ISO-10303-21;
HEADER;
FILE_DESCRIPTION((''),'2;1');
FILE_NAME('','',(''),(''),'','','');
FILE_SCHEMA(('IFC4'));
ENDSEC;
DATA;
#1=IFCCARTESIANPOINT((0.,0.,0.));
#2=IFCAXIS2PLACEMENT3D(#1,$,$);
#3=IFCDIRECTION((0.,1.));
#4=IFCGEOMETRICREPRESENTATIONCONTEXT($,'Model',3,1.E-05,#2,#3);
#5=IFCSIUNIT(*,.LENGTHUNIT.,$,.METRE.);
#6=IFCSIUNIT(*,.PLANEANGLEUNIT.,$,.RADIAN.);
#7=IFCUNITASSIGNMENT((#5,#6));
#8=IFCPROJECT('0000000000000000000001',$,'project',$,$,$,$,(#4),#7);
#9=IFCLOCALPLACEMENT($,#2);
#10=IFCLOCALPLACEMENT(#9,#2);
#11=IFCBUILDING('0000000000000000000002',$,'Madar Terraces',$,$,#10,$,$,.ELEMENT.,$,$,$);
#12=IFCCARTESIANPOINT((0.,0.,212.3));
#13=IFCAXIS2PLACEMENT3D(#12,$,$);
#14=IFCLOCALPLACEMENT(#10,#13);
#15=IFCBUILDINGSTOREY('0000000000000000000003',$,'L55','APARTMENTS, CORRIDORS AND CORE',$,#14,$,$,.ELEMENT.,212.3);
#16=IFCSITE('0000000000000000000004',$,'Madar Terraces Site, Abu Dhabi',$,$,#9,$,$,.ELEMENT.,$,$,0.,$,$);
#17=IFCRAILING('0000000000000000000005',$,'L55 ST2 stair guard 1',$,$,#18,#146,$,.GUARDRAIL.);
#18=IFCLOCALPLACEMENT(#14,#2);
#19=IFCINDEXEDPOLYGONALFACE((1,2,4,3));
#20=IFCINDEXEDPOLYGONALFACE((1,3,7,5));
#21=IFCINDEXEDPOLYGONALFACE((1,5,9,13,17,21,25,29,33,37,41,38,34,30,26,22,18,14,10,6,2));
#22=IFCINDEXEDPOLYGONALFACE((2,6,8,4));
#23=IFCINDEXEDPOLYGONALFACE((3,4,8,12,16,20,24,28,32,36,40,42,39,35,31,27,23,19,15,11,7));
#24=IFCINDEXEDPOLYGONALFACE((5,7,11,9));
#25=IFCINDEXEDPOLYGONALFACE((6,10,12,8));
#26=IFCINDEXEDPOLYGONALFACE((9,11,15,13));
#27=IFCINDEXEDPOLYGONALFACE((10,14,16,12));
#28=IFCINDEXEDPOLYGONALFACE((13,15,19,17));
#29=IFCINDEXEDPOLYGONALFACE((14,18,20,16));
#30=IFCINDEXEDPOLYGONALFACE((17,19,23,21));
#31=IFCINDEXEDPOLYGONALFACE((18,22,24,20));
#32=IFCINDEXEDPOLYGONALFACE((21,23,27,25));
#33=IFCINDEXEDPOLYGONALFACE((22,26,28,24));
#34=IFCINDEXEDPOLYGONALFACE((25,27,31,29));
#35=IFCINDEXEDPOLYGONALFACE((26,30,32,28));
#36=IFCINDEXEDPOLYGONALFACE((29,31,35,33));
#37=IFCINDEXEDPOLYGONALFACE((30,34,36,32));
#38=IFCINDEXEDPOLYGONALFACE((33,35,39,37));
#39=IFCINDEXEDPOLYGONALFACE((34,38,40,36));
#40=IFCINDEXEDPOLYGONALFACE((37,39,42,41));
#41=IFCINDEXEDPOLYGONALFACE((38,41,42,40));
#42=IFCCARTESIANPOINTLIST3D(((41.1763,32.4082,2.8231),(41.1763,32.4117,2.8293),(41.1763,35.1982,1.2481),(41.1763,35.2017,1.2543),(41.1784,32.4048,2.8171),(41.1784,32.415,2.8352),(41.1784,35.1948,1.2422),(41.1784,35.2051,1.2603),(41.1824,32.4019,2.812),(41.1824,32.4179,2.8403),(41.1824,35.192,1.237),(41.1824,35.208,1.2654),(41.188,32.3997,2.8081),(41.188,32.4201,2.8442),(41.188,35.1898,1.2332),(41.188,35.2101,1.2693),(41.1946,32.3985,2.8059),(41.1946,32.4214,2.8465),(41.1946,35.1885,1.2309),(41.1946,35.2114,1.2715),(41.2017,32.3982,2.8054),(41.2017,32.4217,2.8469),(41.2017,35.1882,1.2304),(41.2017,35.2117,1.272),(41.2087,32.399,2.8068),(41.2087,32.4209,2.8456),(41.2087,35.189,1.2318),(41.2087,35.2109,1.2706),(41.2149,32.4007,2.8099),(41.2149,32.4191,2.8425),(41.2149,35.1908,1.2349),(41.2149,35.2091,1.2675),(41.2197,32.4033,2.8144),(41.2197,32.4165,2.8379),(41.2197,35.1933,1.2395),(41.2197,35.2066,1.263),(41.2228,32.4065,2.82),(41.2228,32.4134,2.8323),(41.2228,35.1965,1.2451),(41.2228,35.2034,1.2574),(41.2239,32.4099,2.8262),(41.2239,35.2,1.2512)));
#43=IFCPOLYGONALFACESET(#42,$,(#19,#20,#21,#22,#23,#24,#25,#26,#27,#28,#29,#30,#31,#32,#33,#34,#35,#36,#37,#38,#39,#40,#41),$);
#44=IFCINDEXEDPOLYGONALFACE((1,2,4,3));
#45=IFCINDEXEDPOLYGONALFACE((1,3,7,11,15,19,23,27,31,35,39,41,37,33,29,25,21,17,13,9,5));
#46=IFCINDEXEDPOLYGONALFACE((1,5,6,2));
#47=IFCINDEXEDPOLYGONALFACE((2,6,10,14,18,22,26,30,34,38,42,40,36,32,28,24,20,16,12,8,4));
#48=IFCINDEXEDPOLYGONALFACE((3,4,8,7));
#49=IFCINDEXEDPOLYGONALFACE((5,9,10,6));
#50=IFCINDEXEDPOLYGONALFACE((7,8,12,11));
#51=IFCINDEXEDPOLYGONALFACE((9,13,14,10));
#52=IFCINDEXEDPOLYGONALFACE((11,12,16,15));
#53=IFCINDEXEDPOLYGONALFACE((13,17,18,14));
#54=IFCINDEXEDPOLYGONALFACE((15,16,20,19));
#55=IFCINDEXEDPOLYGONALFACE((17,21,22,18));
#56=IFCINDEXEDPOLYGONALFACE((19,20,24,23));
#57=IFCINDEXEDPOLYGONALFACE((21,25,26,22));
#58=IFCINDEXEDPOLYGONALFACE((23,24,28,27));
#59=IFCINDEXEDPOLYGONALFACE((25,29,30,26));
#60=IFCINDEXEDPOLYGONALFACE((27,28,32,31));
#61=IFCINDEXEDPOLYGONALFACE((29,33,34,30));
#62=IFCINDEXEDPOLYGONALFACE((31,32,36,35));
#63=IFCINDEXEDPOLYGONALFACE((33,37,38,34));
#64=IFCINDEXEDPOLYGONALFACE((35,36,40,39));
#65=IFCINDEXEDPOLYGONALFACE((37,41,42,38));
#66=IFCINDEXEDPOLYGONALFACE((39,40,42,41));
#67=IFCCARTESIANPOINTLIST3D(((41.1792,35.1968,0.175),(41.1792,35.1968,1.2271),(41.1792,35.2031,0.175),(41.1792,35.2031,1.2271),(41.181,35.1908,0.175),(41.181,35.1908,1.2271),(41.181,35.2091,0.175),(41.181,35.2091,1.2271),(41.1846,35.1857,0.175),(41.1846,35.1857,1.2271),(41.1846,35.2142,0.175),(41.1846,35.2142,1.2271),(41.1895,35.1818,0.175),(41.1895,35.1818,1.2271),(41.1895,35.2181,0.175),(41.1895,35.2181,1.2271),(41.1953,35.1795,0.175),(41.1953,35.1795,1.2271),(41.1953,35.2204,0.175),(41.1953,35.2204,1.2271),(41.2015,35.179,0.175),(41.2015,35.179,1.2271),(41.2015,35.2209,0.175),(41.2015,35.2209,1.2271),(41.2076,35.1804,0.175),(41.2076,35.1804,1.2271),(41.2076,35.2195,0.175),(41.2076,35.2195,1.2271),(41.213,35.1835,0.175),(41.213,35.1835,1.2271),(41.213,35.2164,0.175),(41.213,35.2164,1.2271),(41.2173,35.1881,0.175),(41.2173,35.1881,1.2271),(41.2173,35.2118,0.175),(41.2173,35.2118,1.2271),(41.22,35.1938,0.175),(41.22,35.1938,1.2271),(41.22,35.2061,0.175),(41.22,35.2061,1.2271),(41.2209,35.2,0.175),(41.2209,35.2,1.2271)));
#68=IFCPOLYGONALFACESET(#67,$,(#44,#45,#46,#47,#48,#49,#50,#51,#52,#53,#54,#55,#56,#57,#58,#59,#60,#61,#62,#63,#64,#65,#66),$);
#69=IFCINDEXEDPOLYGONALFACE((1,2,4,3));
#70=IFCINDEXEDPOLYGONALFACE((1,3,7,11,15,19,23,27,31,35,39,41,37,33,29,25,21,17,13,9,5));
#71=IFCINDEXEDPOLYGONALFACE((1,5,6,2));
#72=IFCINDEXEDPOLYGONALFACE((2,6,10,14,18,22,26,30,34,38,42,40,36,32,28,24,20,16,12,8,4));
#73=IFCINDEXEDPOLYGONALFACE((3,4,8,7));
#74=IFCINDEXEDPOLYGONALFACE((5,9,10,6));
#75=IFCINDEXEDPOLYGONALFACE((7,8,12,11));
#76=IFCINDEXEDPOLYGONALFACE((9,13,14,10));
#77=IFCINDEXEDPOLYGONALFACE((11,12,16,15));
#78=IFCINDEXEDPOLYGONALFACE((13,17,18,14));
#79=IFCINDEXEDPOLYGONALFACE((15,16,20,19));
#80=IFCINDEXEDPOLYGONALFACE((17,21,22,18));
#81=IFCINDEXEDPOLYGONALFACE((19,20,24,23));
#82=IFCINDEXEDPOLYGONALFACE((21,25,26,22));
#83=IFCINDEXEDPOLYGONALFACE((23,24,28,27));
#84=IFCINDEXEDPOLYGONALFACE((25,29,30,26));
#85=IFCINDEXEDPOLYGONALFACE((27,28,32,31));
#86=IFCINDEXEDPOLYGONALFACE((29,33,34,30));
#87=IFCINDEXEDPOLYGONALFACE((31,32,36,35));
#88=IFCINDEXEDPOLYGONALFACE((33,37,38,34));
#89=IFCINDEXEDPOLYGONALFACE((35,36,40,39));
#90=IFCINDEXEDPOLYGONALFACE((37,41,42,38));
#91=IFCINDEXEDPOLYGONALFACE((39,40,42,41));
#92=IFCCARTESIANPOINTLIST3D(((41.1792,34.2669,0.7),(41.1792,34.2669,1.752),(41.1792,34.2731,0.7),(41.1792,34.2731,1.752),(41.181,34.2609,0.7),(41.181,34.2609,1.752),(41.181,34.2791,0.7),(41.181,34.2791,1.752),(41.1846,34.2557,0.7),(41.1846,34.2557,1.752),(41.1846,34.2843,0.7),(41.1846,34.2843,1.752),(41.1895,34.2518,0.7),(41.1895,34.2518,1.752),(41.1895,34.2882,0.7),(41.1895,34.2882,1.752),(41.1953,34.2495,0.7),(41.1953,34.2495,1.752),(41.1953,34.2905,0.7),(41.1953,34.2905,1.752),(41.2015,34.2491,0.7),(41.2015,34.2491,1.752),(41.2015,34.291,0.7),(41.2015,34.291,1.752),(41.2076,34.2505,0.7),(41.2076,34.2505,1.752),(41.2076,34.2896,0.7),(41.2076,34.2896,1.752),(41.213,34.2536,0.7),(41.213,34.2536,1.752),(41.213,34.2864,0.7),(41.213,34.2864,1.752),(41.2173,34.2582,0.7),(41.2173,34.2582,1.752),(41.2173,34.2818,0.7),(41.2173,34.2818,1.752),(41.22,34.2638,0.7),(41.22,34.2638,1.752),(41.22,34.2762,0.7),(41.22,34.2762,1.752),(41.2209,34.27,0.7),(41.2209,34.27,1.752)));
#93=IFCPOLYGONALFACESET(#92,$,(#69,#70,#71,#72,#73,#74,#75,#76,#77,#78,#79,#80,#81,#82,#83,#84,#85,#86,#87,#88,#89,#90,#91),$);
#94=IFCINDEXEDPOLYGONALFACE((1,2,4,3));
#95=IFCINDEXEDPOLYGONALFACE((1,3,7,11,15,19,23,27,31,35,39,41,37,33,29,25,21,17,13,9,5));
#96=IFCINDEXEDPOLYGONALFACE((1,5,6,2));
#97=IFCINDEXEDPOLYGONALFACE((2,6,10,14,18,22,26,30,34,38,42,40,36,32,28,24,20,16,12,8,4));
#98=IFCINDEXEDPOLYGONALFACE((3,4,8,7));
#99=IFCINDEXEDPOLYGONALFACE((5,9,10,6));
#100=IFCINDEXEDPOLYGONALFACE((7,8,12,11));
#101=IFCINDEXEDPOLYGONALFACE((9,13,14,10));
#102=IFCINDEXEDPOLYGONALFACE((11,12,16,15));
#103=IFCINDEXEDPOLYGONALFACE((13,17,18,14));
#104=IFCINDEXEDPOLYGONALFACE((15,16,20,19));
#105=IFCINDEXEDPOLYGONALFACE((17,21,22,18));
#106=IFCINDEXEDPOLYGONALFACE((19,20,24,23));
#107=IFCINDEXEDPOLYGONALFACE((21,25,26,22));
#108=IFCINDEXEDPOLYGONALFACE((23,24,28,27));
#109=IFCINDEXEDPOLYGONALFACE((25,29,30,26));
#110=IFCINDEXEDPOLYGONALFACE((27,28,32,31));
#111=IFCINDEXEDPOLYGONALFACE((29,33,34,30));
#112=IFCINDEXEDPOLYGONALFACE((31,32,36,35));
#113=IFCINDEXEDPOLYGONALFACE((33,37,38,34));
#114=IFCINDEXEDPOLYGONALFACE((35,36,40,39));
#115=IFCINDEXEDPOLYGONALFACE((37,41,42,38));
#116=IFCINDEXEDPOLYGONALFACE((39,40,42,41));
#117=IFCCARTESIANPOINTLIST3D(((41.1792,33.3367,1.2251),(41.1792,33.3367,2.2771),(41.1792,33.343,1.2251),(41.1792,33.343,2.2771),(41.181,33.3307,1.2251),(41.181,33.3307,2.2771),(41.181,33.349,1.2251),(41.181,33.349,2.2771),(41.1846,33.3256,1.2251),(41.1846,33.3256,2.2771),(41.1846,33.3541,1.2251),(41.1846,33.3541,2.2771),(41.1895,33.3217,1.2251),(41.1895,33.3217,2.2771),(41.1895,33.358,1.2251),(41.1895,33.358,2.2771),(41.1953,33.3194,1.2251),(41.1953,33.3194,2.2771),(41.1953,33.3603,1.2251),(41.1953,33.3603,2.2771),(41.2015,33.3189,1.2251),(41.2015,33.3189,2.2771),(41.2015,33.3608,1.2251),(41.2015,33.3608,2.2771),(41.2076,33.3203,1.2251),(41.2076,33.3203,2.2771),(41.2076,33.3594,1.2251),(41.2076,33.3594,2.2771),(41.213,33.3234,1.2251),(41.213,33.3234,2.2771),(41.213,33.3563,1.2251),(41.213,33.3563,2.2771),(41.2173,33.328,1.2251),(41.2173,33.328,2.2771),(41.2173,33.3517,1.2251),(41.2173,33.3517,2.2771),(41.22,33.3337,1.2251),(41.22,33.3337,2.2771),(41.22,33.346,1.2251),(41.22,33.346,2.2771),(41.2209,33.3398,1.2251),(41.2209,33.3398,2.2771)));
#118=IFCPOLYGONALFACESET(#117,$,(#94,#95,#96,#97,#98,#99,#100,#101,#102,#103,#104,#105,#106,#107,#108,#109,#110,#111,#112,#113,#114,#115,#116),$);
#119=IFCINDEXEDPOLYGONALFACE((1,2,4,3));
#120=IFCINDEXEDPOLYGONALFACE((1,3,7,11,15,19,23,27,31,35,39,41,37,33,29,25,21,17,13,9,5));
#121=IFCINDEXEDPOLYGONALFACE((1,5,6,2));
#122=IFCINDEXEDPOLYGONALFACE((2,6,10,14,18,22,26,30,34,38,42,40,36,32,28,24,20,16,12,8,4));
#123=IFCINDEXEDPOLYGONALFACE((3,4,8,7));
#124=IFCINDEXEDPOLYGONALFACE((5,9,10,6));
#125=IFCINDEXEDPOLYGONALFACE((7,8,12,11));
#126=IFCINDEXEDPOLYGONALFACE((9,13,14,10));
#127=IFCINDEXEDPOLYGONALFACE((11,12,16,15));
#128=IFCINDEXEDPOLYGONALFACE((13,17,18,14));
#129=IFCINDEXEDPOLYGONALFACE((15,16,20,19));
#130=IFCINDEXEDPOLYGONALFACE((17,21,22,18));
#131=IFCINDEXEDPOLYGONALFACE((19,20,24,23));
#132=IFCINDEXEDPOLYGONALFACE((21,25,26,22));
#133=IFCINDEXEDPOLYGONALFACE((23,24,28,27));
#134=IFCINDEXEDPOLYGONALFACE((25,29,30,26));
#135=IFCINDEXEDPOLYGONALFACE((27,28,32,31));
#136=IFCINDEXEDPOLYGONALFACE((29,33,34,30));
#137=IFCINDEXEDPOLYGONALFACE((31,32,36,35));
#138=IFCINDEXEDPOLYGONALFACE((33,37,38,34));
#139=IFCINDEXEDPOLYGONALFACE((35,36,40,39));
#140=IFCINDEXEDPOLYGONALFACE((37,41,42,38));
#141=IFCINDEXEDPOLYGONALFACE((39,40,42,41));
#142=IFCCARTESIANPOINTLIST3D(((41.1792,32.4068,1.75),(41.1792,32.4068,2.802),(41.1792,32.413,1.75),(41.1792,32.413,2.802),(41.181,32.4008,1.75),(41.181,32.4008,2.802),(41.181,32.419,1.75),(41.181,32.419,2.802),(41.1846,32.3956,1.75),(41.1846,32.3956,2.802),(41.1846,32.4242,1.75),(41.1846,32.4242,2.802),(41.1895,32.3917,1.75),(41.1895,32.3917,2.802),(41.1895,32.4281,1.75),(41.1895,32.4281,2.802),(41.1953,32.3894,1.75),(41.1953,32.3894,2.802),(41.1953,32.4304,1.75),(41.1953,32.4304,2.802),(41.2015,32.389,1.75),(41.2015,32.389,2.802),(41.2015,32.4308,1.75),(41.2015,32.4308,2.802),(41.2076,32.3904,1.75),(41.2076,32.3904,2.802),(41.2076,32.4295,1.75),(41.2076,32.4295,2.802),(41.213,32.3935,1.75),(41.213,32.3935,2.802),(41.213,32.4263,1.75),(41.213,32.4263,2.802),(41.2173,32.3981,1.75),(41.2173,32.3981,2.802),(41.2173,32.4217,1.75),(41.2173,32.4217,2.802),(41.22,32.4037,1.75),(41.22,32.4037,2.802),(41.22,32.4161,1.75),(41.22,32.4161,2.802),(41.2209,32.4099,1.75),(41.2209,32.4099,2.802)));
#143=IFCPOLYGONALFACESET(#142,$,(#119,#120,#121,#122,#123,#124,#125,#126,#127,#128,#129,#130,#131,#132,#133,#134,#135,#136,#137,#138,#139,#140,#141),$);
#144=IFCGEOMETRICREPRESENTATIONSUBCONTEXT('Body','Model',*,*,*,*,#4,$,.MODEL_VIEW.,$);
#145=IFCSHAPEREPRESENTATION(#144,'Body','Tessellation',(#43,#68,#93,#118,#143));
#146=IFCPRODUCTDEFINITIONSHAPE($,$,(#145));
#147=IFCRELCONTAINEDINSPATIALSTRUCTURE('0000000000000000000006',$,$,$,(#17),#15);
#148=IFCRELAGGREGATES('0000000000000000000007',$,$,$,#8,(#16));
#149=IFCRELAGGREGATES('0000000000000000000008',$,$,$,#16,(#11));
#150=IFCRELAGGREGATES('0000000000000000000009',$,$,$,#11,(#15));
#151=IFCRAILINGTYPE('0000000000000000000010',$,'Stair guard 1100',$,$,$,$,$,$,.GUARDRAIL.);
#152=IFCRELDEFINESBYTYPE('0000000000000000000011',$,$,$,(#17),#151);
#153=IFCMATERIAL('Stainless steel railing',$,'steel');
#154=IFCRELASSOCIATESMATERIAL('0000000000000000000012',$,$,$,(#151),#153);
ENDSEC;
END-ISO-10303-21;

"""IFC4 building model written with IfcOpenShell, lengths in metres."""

from ifc_helpers import new_model, si_unit, direction, frame, origin, origin_2d, place, context, subcontext, project, spatial, circle, extrude, material, type_object, element, save


model = new_model("IFC4")

# Units and contexts
model_context = context("Model", 3, precision=1e-05, world=origin(), true_north=direction((0.0, 1.0)))
body_context = subcontext(model_context, "Body", "Model", "MODEL_VIEW")
ifc_project = project(units=[si_unit("LENGTHUNIT", "METRE"), si_unit("PLANEANGLEUNIT", "RADIAN")], contexts=[model_context])

# Site, building, storey
site_placement = place(None, origin())
site = spatial("IfcSite", under=ifc_project, at=site_placement, Name="Madar Terraces Site, Abu Dhabi", CompositionType="ELEMENT", RefElevation=0.0)
building_placement = place(site_placement, origin())
building = spatial("IfcBuilding", under=site, at=building_placement, Name="Madar Terraces", CompositionType="ELEMENT")
storey_placement = place(building_placement, frame((0.0, 0.0, 212.3)))
storey = spatial("IfcBuildingStorey", under=building, at=storey_placement, Name="L55", Description="APARTMENTS, CORRIDORS AND CORE", CompositionType="ELEMENT", Elevation=212.3)

# Railing
ifc_material_1 = material(Name="Stainless steel railing", Category="steel")
railing_type_1 = type_object("IfcRailingType", Name="Stair guard 1100", PredefinedType="GUARDRAIL", material=ifc_material_1)
railing_1_placement = place(storey_placement, frame((41.2, 35.2, 0.175)))
element("IfcRailing", 1, at=railing_1_placement, inside=storey, type_object=railing_type_1, Name="L55 ST2 stair guard 1", PredefinedType="GUARDRAIL", context=body_context, shape_type="SweptSolid", body=[
    extrude(circle(Radius=0.0239, at=origin_2d()), frame((0.0, 0.0, 1.0762), z_axis=(0.0, -0.870834, 0.491578), x_axis=(1.0, 0.0, 0.0)), (0.0, 0.0, 1.0), 3.2039),
    extrude(circle(Radius=0.021, at=origin_2d()), origin(), (0.0, 0.0, 1.0), 1.052),
    extrude(circle(Radius=0.021, at=origin_2d()), frame((0.0, -0.9299, 0.5249)), (0.0, 0.0, 1.0), 1.052),
    extrude(circle(Radius=0.021, at=origin_2d()), frame((0.0, -1.8601, 1.05)), (0.0, 0.0, 1.0), 1.052),
    extrude(circle(Radius=0.021, at=origin_2d()), frame((0.0, -2.79, 1.575)), (0.0, 0.0, 1.0), 1.052),
])

save(model, "model.ifc")
